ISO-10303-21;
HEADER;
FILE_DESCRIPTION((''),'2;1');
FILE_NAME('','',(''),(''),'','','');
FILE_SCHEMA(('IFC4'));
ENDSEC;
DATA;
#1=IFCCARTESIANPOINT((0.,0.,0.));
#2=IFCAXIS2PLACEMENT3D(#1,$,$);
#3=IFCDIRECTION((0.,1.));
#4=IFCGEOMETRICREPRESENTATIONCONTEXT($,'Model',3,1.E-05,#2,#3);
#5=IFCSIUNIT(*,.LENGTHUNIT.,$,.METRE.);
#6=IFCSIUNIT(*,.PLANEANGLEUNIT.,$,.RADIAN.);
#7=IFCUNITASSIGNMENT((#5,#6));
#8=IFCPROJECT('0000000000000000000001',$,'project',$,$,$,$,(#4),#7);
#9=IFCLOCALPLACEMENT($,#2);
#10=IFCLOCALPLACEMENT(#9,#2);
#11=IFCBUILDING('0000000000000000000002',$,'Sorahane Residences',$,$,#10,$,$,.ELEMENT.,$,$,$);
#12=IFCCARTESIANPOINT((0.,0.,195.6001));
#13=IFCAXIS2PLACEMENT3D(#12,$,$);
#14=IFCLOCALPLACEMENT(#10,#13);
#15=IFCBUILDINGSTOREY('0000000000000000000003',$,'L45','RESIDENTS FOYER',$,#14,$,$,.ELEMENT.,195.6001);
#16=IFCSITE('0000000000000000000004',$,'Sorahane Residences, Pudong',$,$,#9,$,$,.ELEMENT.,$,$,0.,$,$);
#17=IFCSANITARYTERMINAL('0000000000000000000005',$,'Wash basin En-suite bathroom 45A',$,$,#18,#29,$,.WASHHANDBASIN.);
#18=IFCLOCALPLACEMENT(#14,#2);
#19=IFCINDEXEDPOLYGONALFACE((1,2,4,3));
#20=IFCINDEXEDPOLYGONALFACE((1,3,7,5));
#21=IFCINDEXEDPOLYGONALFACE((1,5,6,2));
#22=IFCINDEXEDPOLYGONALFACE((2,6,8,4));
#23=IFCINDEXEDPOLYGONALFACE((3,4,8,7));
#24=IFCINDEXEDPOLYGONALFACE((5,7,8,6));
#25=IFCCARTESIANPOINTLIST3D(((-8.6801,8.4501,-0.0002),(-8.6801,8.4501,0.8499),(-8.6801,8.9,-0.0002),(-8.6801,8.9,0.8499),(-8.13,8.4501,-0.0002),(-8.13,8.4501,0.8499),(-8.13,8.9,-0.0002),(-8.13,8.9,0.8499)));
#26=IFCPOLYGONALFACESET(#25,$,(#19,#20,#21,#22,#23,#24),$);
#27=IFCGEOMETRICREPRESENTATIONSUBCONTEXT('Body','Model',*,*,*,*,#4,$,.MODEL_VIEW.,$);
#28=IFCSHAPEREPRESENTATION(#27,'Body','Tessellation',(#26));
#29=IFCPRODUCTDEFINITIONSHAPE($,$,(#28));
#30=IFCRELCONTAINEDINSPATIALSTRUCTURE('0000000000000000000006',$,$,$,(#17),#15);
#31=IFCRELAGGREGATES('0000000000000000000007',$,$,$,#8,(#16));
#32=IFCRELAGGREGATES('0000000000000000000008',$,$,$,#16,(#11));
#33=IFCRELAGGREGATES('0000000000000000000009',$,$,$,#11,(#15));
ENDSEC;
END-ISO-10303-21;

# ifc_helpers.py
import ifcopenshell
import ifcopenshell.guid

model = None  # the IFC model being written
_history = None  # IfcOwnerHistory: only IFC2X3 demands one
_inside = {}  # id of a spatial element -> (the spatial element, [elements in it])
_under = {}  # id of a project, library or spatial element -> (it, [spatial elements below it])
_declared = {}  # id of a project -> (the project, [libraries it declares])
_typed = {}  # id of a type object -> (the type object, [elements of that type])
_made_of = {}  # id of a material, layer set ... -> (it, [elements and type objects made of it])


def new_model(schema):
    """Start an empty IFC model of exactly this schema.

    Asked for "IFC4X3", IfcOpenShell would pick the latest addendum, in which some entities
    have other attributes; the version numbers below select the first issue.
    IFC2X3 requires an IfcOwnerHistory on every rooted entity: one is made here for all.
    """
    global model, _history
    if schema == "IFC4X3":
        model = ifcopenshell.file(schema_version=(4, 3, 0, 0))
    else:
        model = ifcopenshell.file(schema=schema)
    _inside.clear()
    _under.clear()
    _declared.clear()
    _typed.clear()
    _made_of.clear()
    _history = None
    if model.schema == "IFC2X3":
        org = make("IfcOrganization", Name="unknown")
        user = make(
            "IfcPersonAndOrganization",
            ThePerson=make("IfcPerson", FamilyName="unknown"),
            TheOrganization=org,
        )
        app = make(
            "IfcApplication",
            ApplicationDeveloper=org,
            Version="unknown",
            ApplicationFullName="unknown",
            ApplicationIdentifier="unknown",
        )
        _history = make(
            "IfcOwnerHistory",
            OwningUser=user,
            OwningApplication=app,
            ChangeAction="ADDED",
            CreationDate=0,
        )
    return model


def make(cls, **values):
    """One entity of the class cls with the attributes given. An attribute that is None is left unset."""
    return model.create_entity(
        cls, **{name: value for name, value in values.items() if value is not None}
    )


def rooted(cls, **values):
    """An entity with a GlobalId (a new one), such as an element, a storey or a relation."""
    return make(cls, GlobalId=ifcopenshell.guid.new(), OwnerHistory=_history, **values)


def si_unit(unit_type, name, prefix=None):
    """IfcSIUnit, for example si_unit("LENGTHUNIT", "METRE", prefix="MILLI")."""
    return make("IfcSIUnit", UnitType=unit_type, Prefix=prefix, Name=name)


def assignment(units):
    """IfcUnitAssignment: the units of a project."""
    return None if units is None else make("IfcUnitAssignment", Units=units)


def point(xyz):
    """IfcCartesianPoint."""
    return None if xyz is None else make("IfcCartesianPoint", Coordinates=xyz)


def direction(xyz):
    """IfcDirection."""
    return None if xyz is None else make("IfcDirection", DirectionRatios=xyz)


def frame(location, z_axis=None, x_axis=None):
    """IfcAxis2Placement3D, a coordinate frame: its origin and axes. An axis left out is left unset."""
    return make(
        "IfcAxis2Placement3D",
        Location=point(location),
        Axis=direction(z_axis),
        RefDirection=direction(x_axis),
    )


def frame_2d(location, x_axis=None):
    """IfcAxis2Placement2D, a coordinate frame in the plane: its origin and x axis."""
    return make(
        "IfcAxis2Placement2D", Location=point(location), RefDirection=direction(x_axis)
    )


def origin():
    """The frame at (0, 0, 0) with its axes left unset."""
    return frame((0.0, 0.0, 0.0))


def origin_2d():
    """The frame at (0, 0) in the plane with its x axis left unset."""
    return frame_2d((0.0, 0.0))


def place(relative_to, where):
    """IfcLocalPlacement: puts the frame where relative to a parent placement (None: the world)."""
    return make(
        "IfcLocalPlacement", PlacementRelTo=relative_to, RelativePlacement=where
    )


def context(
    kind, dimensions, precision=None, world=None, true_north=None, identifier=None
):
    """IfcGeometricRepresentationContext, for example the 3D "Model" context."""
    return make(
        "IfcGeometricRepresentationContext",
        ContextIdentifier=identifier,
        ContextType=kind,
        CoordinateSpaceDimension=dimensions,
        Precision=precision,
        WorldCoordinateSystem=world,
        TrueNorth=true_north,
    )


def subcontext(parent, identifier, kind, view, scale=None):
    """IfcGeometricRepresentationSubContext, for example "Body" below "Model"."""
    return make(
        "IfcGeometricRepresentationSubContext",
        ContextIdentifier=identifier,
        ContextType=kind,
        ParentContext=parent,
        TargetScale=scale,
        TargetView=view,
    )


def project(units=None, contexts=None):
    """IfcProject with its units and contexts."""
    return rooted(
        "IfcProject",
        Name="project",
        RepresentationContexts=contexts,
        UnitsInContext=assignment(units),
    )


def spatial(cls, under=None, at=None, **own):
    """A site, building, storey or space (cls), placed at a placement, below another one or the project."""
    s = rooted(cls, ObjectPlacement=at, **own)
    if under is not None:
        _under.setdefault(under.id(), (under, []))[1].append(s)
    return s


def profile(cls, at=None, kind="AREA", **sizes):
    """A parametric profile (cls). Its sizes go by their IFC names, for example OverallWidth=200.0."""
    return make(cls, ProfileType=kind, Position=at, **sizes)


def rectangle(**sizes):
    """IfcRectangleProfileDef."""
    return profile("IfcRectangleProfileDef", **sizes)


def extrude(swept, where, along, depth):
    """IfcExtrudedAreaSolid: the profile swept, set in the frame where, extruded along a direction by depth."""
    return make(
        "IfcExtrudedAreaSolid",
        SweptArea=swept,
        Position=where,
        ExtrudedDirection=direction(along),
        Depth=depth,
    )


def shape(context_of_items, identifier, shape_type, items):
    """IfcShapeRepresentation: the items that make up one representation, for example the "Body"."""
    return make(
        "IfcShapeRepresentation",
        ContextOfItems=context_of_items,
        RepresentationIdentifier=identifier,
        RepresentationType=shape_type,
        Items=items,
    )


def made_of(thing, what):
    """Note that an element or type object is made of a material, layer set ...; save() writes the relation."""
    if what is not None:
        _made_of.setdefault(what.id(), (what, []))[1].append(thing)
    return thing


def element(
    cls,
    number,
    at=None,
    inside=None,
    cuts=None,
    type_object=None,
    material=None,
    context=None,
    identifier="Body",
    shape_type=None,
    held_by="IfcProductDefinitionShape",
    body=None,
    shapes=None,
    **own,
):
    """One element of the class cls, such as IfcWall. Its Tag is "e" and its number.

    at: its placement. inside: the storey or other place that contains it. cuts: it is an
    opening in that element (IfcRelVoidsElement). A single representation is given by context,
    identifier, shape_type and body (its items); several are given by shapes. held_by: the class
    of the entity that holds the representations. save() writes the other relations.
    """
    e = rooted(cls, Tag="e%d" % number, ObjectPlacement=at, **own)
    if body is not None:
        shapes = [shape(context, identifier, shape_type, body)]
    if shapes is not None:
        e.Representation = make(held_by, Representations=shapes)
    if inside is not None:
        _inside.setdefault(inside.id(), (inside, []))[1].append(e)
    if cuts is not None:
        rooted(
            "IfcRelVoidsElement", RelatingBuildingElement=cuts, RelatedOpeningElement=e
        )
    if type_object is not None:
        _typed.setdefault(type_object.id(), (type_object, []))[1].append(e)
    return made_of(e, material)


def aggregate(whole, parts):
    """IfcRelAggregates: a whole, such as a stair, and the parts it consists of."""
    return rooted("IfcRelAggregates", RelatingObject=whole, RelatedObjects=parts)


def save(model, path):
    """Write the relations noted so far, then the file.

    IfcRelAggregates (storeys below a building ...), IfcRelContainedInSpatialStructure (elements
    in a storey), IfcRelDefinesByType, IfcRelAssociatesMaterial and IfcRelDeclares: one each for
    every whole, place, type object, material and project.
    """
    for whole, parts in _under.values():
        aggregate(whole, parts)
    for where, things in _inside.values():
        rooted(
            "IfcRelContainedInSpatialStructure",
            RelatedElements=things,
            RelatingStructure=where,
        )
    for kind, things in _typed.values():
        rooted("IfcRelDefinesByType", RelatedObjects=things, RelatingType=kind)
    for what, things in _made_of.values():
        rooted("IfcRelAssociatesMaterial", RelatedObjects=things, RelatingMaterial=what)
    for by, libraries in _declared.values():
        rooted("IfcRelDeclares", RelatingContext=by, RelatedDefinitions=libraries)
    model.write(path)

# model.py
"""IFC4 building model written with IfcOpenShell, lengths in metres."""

from ifc_helpers import new_model, si_unit, direction, frame, origin, origin_2d, place, context, subcontext, project, spatial, rectangle, extrude, element, save


model = new_model("IFC4")

# Units and contexts
model_context = context("Model", 3, precision=1e-05, world=origin(), true_north=direction((0.0, 1.0)))
body_context = subcontext(model_context, "Body", "Model", "MODEL_VIEW")
ifc_project = project(units=[si_unit("LENGTHUNIT", "METRE"), si_unit("PLANEANGLEUNIT", "RADIAN")], contexts=[model_context])

# Site, building, storey
site_placement = place(None, origin())
site = spatial("IfcSite", under=ifc_project, at=site_placement, Name="Sorahane Residences, Pudong", CompositionType="ELEMENT", RefElevation=0.0)
building_placement = place(site_placement, origin())
building = spatial("IfcBuilding", under=site, at=building_placement, Name="Sorahane Residences", CompositionType="ELEMENT")
storey_placement = place(building_placement, frame((0.0, 0.0, 195.6001)))
storey = spatial("IfcBuildingStorey", under=building, at=storey_placement, Name="L45", Description="RESIDENTS FOYER", CompositionType="ELEMENT", Elevation=195.6001)

# Sanitary terminal
sanitary_terminal_1_placement = place(storey_placement, frame((-8.405, 8.675, -0.0002), z_axis=(0.0, 0.0, 1.0), x_axis=(1.0, 0.0, 0.0)))
element("IfcSanitaryTerminal", 1, at=sanitary_terminal_1_placement, inside=storey, Name="Wash basin En-suite bathroom 45A", PredefinedType="WASHHANDBASIN", context=body_context, shape_type="SweptSolid", body=[
    extrude(rectangle(XDim=0.55, YDim=0.45, at=origin_2d()), origin(), (0.0, 0.0, 1.0), 0.8501),
])

save(model, "model.ifc")
